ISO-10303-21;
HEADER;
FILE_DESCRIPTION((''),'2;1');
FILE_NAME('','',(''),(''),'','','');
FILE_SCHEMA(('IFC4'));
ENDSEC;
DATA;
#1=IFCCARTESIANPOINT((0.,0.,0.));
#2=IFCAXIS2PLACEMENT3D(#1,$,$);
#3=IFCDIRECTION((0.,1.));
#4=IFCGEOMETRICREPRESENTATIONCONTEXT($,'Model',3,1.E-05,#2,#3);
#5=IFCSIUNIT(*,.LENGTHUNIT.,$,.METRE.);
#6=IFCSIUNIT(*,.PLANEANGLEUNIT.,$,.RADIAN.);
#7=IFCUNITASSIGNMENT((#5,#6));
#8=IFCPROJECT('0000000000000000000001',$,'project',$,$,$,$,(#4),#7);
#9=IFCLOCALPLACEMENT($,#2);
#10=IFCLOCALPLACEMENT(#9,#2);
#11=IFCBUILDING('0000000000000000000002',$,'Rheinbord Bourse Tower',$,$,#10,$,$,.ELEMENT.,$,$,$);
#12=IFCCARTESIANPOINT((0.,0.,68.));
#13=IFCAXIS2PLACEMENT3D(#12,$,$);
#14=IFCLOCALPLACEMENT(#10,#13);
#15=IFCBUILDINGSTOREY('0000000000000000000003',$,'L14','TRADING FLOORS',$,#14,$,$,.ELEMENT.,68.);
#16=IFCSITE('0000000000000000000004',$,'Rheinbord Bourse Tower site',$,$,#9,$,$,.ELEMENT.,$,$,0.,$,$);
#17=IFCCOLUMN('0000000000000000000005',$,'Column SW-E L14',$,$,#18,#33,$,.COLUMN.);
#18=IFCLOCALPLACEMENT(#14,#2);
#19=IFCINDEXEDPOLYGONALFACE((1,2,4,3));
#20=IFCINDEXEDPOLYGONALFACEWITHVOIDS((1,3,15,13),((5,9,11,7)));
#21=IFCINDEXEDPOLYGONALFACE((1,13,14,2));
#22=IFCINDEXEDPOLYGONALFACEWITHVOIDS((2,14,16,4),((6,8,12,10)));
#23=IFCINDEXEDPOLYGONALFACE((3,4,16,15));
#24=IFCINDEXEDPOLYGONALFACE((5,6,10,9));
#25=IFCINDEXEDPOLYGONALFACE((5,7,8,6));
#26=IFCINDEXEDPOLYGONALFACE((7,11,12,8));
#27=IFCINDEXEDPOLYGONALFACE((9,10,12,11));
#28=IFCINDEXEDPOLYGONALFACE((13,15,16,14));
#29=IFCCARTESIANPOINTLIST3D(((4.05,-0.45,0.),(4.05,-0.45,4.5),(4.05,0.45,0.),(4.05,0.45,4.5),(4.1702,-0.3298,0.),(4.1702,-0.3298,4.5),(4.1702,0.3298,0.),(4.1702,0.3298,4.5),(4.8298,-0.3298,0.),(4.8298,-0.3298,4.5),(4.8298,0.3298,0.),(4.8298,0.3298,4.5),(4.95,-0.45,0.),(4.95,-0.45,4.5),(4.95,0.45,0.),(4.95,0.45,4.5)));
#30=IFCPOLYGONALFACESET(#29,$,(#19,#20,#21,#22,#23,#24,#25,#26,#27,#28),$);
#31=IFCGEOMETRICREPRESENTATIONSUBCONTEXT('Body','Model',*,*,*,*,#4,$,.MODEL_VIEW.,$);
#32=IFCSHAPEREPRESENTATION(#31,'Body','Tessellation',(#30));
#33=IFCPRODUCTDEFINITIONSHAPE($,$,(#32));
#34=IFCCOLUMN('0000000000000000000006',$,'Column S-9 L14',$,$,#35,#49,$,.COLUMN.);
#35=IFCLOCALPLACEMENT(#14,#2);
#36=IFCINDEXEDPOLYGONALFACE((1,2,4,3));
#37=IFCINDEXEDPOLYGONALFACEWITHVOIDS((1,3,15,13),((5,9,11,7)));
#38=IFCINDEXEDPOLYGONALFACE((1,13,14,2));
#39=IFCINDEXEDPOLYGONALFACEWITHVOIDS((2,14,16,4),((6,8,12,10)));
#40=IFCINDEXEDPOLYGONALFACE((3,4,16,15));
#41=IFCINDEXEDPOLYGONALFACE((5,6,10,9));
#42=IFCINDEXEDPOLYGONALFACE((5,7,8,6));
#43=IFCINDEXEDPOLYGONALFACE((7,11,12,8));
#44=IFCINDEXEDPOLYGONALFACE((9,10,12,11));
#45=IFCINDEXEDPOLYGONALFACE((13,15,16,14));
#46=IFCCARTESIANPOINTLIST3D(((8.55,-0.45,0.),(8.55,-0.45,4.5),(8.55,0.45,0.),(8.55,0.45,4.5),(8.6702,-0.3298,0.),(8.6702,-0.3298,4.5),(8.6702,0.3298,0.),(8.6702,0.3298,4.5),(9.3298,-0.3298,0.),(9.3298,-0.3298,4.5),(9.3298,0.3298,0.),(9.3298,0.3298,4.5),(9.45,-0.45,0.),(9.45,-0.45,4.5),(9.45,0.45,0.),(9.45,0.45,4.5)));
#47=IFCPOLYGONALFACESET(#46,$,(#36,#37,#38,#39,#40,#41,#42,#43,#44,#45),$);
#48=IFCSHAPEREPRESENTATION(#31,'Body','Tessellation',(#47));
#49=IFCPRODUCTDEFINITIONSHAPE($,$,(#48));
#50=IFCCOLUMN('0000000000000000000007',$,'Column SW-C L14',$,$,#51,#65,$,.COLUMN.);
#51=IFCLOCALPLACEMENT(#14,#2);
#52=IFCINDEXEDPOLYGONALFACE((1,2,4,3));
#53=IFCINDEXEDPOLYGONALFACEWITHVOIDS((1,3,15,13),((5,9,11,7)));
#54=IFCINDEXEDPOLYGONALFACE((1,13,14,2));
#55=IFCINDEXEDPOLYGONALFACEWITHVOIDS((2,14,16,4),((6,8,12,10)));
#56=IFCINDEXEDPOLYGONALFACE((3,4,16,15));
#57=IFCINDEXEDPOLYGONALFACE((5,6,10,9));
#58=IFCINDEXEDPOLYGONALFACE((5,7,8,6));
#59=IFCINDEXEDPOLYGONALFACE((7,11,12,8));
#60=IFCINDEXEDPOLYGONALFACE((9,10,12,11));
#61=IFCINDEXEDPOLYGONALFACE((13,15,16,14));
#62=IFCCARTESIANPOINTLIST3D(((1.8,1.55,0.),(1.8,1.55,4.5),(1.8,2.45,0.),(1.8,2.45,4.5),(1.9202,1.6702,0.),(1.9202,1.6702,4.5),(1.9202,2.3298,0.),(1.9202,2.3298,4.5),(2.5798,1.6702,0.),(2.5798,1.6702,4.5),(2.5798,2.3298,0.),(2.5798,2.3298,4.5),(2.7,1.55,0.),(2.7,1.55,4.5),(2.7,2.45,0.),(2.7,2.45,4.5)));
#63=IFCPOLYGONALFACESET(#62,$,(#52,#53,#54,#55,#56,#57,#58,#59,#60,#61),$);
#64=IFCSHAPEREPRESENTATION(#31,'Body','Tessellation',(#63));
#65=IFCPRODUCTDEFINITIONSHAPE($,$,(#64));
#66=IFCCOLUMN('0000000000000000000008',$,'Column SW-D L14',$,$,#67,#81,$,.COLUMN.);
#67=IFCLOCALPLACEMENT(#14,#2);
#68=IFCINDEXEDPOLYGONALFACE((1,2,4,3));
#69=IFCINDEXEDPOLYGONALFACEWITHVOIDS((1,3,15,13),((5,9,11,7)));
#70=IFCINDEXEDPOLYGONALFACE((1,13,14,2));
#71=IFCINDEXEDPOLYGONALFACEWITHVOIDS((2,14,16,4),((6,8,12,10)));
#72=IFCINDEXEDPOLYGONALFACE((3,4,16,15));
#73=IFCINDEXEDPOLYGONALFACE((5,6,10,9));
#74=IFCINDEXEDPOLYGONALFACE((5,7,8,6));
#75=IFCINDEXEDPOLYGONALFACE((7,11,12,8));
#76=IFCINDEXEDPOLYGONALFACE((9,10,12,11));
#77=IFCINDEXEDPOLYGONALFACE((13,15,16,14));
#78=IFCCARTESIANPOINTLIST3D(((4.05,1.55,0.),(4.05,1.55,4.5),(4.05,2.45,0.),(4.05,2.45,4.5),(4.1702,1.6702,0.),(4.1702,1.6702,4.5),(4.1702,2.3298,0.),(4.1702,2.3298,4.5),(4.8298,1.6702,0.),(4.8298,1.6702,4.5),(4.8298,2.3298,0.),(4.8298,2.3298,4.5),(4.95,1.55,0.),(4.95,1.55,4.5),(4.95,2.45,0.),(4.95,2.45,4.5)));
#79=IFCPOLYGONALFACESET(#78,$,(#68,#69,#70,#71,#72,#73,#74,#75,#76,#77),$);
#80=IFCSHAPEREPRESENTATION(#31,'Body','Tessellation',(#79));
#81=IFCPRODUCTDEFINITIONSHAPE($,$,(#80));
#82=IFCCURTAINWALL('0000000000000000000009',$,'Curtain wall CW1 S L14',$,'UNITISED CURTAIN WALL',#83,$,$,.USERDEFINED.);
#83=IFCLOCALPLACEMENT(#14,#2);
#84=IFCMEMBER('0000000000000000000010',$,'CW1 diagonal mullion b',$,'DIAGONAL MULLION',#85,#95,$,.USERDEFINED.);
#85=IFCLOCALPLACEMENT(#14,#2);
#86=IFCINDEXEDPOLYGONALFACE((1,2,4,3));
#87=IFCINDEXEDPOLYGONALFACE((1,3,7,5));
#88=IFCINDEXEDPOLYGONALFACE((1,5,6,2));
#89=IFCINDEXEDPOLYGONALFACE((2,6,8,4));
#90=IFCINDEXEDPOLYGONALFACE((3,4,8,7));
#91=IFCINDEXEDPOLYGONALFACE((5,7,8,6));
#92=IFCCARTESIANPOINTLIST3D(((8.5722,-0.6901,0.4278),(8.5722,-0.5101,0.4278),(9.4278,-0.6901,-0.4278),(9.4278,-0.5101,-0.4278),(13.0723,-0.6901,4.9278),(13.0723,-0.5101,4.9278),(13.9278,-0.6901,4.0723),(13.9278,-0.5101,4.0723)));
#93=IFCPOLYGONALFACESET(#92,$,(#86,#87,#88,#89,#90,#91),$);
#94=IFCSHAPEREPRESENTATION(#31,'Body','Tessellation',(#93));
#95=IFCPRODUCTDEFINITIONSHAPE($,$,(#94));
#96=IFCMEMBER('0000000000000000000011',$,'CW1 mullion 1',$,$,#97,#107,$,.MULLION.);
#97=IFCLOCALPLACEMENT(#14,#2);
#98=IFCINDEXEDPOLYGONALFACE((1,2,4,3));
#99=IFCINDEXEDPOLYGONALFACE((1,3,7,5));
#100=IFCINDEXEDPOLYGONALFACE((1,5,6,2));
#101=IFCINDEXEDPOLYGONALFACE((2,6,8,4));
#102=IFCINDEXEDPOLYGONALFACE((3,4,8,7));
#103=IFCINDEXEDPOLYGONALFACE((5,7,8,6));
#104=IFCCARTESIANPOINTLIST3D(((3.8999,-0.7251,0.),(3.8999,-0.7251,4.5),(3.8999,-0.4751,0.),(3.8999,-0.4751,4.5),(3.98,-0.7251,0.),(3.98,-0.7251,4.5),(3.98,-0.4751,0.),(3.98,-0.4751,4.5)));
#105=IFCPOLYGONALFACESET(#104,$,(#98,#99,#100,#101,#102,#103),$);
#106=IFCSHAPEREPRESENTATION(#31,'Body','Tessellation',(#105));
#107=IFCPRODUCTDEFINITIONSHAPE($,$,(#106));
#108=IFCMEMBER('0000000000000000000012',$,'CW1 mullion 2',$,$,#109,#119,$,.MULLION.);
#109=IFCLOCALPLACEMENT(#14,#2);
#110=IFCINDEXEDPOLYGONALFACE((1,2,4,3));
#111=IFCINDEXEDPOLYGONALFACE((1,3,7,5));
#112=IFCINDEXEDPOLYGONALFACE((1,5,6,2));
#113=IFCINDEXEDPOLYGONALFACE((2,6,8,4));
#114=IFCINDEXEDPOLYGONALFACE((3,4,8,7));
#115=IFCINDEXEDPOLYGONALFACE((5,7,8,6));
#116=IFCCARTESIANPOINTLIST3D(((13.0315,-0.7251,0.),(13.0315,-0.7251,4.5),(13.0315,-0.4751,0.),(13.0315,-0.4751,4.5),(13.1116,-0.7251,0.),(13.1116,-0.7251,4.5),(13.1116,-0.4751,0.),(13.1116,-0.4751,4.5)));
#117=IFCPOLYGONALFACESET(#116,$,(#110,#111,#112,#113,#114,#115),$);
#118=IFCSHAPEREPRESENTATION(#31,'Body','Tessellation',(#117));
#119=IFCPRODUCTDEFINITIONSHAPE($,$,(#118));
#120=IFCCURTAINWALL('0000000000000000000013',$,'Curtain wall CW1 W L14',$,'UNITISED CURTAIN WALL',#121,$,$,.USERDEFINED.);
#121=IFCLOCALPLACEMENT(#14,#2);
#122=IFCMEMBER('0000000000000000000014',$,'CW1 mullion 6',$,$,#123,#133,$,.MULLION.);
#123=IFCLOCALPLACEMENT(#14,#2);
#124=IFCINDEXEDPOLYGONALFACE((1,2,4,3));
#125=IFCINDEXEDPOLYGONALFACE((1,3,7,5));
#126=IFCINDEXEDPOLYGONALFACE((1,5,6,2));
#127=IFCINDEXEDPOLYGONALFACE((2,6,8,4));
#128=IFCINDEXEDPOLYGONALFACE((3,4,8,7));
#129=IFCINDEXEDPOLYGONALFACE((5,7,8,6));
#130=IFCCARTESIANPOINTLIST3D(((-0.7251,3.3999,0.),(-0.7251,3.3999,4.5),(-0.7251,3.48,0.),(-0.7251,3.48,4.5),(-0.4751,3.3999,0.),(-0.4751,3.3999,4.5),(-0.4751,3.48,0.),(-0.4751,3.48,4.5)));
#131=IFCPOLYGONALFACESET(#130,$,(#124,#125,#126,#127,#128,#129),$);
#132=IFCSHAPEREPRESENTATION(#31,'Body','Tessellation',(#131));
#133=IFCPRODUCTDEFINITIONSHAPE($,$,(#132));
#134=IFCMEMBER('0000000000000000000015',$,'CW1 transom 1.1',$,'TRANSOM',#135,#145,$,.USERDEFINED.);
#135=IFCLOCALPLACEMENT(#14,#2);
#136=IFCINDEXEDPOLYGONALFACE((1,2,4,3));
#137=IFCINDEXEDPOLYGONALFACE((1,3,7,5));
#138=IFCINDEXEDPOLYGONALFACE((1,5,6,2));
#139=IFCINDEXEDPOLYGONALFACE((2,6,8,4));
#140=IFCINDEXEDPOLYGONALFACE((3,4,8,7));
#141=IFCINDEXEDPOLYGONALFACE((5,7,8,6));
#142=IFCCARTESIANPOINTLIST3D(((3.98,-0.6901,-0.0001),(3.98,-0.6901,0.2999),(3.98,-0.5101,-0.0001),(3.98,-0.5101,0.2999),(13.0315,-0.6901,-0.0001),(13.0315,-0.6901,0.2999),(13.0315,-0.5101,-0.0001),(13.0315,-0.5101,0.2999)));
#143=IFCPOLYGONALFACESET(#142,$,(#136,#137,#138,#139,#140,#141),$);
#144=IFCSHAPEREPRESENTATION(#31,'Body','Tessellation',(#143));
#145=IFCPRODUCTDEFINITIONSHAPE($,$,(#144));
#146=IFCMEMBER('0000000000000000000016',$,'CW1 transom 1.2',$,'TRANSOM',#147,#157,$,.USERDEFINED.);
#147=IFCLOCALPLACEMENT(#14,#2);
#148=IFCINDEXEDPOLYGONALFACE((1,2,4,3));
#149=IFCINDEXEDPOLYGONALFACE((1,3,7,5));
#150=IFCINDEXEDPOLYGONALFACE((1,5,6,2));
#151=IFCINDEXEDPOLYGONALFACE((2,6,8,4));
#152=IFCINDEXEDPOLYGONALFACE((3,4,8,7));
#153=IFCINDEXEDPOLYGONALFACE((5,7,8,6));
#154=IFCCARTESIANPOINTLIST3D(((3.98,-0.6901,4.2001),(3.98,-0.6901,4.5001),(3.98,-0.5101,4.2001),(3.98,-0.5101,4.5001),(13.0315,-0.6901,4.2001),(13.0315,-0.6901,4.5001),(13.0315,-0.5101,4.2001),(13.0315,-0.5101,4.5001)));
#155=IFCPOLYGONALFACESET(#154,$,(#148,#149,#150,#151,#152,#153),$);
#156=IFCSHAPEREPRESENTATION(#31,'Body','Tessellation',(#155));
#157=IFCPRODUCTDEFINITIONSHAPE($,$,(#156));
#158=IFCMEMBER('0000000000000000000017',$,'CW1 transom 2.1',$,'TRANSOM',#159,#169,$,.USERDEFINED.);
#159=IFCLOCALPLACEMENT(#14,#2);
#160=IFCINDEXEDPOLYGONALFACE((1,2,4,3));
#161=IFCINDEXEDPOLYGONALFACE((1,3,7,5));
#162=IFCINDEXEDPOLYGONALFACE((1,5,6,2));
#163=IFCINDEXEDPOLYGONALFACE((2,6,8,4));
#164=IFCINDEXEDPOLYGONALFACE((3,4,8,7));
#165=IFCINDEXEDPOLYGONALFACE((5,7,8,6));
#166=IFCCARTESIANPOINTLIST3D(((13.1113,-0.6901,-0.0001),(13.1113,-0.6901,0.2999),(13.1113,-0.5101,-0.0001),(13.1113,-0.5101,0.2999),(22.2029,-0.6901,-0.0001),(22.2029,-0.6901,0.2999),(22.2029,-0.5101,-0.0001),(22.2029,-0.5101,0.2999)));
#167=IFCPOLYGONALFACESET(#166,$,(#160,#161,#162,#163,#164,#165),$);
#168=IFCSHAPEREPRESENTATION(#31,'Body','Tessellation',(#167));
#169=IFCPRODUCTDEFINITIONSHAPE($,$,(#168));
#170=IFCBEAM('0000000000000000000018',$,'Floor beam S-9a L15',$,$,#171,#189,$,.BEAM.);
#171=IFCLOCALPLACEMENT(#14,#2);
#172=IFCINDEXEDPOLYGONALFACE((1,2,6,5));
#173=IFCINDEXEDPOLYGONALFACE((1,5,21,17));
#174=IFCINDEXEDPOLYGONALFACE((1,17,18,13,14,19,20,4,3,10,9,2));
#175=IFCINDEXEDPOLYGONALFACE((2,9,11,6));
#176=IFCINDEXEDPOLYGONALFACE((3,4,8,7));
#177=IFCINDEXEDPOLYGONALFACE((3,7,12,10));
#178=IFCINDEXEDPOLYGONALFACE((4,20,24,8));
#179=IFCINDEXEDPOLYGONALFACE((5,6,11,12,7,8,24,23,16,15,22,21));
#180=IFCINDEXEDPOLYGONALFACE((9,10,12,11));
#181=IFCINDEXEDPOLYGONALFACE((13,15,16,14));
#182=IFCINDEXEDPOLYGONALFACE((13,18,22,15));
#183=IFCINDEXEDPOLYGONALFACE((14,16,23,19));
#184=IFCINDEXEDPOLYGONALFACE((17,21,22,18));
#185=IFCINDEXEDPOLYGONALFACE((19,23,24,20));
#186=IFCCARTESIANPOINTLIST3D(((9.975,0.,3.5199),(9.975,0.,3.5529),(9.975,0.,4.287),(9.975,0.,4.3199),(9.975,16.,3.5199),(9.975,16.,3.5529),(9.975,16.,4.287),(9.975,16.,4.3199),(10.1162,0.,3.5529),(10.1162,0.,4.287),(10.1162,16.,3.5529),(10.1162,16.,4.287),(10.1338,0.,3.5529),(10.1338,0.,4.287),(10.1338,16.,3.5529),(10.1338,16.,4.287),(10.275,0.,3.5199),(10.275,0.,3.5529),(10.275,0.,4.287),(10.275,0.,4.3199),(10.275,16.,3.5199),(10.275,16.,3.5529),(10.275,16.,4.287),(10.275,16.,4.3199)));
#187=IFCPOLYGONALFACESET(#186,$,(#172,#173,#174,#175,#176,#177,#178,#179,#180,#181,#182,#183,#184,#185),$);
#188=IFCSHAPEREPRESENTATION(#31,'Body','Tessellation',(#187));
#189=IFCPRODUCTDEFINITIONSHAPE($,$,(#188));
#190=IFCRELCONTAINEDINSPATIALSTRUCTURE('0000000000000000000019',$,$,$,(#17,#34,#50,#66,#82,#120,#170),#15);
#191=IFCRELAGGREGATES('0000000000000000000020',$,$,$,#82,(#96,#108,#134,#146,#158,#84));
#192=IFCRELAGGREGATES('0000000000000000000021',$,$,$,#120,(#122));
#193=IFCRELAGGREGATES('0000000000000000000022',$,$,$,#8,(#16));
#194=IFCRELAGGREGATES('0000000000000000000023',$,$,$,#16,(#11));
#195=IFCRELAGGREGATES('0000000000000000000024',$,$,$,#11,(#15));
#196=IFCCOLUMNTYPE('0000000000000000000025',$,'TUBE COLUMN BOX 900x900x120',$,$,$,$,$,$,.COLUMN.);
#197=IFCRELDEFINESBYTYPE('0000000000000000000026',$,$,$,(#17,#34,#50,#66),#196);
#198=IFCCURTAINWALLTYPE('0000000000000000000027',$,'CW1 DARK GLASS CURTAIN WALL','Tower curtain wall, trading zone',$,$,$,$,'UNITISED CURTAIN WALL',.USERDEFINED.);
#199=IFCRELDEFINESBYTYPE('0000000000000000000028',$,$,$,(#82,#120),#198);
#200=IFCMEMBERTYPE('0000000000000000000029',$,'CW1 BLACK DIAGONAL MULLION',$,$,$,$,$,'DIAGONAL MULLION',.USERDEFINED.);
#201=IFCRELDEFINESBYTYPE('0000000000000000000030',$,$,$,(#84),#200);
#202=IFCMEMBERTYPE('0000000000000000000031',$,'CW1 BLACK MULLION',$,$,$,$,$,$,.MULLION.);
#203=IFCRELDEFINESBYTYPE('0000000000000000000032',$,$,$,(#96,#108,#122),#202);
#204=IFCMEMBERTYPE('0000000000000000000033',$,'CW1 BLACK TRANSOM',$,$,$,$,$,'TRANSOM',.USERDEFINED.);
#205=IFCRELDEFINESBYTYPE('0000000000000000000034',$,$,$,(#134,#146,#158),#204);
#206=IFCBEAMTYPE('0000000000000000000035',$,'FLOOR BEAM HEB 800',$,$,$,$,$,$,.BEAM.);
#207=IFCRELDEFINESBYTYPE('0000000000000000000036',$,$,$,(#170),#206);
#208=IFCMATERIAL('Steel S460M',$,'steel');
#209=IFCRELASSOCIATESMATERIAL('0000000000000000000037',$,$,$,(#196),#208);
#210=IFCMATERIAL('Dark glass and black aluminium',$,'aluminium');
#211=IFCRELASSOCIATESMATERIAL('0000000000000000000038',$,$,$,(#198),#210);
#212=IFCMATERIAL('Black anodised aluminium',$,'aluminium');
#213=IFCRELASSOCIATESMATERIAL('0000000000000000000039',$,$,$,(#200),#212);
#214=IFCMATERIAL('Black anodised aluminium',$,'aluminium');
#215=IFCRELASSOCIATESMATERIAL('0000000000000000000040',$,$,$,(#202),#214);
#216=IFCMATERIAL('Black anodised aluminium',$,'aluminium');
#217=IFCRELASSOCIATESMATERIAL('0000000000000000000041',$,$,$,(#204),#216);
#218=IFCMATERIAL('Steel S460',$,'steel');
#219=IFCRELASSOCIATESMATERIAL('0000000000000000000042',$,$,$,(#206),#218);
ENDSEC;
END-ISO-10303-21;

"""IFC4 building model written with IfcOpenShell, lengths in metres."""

from ifc_helpers import new_model, si_unit, direction, frame, origin, origin_2d, place, context, subcontext, project, spatial, rectangle, hollow_rectangle, i_section, extrude, material, material_profile, profile_set, type_object, element, aggregate, save


model = new_model("IFC4")

# Units and contexts
model_context = context("Model", 3, precision=1e-05, world=origin(), true_north=direction((0.0, 1.0)))
body_context = subcontext(model_context, "Body", "Model", "MODEL_VIEW")
ifc_project = project(units=[si_unit("LENGTHUNIT", "METRE"), si_unit("PLANEANGLEUNIT", "RADIAN")], contexts=[model_context])

# Site, building, storey
site_placement = place(None, origin())
site = spatial("IfcSite", under=ifc_project, at=site_placement, Name="Rheinbord Bourse Tower site", CompositionType="ELEMENT", RefElevation=0.0)
building_placement = place(site_placement, origin())
building = spatial("IfcBuilding", under=site, at=building_placement, Name="Rheinbord Bourse Tower", CompositionType="ELEMENT")
storey_placement = place(building_placement, frame((0.0, 0.0, 68.0)))
storey = spatial("IfcBuildingStorey", under=building, at=storey_placement, Name="L14", Description="TRADING FLOORS", CompositionType="ELEMENT", Elevation=68.0)

# Columns
ifc_material_1 = material(Name="Steel S460M", Category="steel")
ifc_material_profile_1 = material_profile(ifc_material_1, hollow_rectangle(XDim=0.8999, YDim=0.8999, WallThickness=0.1201, at=origin_2d()), Name="BOX 900x900x120")
ifc_profile_set_1 = profile_set([ifc_material_profile_1], Name="Steel S460M")
column_type = type_object("IfcColumnType", Name="TUBE COLUMN BOX 900x900x120", PredefinedType="COLUMN", material=ifc_profile_set_1)
for number, where, z_axis, x_axis, name in (
    (1, (4.5, 0.0, 0.0), (0.0, 0.0, 1.0), (0.0, 1.0, 0.0), "Column SW-E L14"),
    (2, (9.0, 0.0, 0.0), (0.0, 0.0, 1.0), (0.0, 1.0, 0.0), "Column S-9 L14"),
    (3, (2.25, 2.0, 0.0), (0.0, 0.0, 1.0), (1.0, 0.0, 0.0), "Column SW-C L14"),
    (4, (4.5, 2.0, 0.0), (0.0, 0.0, 1.0), (0.0, 1.0, 0.0), "Column SW-D L14"),
):
    element("IfcColumn", number, at=place(storey_placement, frame(where, z_axis=z_axis, x_axis=x_axis)), inside=storey, type_object=column_type, Name=name, PredefinedType="COLUMN", context=body_context, shape_type="SweptSolid", body=[
        extrude(hollow_rectangle(XDim=0.8999, YDim=0.8999, WallThickness=0.1201, at=origin_2d()), origin(), (0.0, 0.0, 1.0), 4.5),
    ])

# Curtain wall, members
ifc_material_2 = material(Name="Dark glass and black aluminium", Category="aluminium")
curtain_wall_type = type_object("IfcCurtainWallType", Name="CW1 DARK GLASS CURTAIN WALL", Description="Tower curtain wall, trading zone", ElementType="UNITISED CURTAIN WALL", PredefinedType="USERDEFINED", material=ifc_material_2)
curtain_wall_1_placement = place(storey_placement, origin())
curtain_wall_1 = element("IfcCurtainWall", 5, at=curtain_wall_1_placement, inside=storey, type_object=curtain_wall_type, Name="Curtain wall CW1 S L14", ObjectType="UNITISED CURTAIN WALL", PredefinedType="USERDEFINED")
ifc_material_3 = material(Name="Black anodised aluminium", Category="aluminium")
ifc_material_profile_2 = material_profile(ifc_material_3, rectangle(XDim=0.1799, YDim=1.21, at=origin_2d()), Name="CW1 DIAGONAL MULLION 1210x180")
ifc_profile_set_2 = profile_set([ifc_material_profile_2], Name="Black anodised aluminium")
member_type_1 = type_object("IfcMemberType", Name="CW1 BLACK DIAGONAL MULLION", ElementType="DIAGONAL MULLION", PredefinedType="USERDEFINED", material=ifc_profile_set_2)
member_1_placement = place(storey_placement, frame((9.0, -0.6001, 0.0), z_axis=(0.707107, 0.0, 0.707107), x_axis=(0.0, 1.0, 0.0)))
member_1 = element("IfcMember", 6, at=member_1_placement, type_object=member_type_1, Name="CW1 diagonal mullion b", ObjectType="DIAGONAL MULLION", PredefinedType="USERDEFINED", context=body_context, shape_type="SweptSolid", body=[
    extrude(rectangle(XDim=0.1799, YDim=1.21, at=origin_2d()), origin(), (0.0, 0.0, 1.0), 6.364),
])
ifc_material_4 = material(Name="Black anodised aluminium", Category="aluminium")
ifc_material_profile_3 = material_profile(ifc_material_4, rectangle(XDim=0.25, YDim=0.0801, at=origin_2d()), Name="CW1 MULLION 80x250")
ifc_profile_set_3 = profile_set([ifc_material_profile_3], Name="Black anodised aluminium")
member_type_2 = type_object("IfcMemberType", Name="CW1 BLACK MULLION", PredefinedType="MULLION", material=ifc_profile_set_3)
member_2_placement = place(storey_placement, frame((3.9399, -0.6001, 0.0), z_axis=(0.0, 0.0, 1.0), x_axis=(0.0, 1.0, 0.0)))
member_2 = element("IfcMember", 7, at=member_2_placement, type_object=member_type_2, Name="CW1 mullion 1", PredefinedType="MULLION", context=body_context, shape_type="SweptSolid", body=[
    extrude(rectangle(XDim=0.25, YDim=0.0801, at=origin_2d()), origin(), (0.0, 0.0, 1.0), 4.5),
])
member_3_placement = place(storey_placement, frame((13.0715, -0.6001, 0.0), z_axis=(0.0, 0.0, 1.0), x_axis=(0.0, 1.0, 0.0)))
member_3 = element("IfcMember", 8, at=member_3_placement, type_object=member_type_2, Name="CW1 mullion 2", PredefinedType="MULLION", context=body_context, shape_type="SweptSolid", body=[
    extrude(rectangle(XDim=0.25, YDim=0.0801, at=origin_2d()), origin(), (0.0, 0.0, 1.0), 4.5),
])

# Curtain wall, member
curtain_wall_2_placement = place(storey_placement, origin())
curtain_wall_2 = element("IfcCurtainWall", 9, at=curtain_wall_2_placement, inside=storey, type_object=curtain_wall_type, Name="Curtain wall CW1 W L14", ObjectType="UNITISED CURTAIN WALL", PredefinedType="USERDEFINED")
member_4_placement = place(storey_placement, frame((-0.6001, 3.4399, 0.0), z_axis=(0.0, 0.0, 1.0), x_axis=(1.0, 0.0, 0.0)))
member_4 = element("IfcMember", 10, at=member_4_placement, type_object=member_type_2, Name="CW1 mullion 6", PredefinedType="MULLION", context=body_context, shape_type="SweptSolid", body=[
    extrude(rectangle(XDim=0.25, YDim=0.0801, at=origin_2d()), origin(), (0.0, 0.0, 1.0), 4.5),
])

# Members
ifc_material_5 = material(Name="Black anodised aluminium", Category="aluminium")
ifc_material_profile_4 = material_profile(ifc_material_5, rectangle(XDim=0.1799, YDim=0.3, at=origin_2d()), Name="CW1 TRANSOM 300x180")
ifc_profile_set_4 = profile_set([ifc_material_profile_4], Name="Black anodised aluminium")
member_type_3 = type_object("IfcMemberType", Name="CW1 BLACK TRANSOM", ElementType="TRANSOM", PredefinedType="USERDEFINED", material=ifc_profile_set_4)
member_5_placement = place(storey_placement, frame((3.98, -0.6001, 0.1499), z_axis=(1.0, 0.0, 0.0), x_axis=(0.0, 1.0, 0.0)))
member_5 = element("IfcMember", 11, at=member_5_placement, type_object=member_type_3, Name="CW1 transom 1.1", ObjectType="TRANSOM", PredefinedType="USERDEFINED", context=body_context, shape_type="SweptSolid", body=[
    extrude(rectangle(XDim=0.1799, YDim=0.3, at=origin_2d()), origin(), (0.0, 0.0, 1.0), 9.0515),
])
member_6_placement = place(storey_placement, frame((3.98, -0.6001, 4.3501), z_axis=(1.0, 0.0, 0.0), x_axis=(0.0, 1.0, 0.0)))
member_6 = element("IfcMember", 12, at=member_6_placement, type_object=member_type_3, Name="CW1 transom 1.2", ObjectType="TRANSOM", PredefinedType="USERDEFINED", context=body_context, shape_type="SweptSolid", body=[
    extrude(rectangle(XDim=0.1799, YDim=0.3, at=origin_2d()), origin(), (0.0, 0.0, 1.0), 9.0515),
])
member_7_placement = place(storey_placement, frame((13.1113, -0.6001, 0.1499), z_axis=(1.0, 0.0, 0.0), x_axis=(0.0, 1.0, 0.0)))
member_7 = element("IfcMember", 13, at=member_7_placement, type_object=member_type_3, Name="CW1 transom 2.1", ObjectType="TRANSOM", PredefinedType="USERDEFINED", context=body_context, shape_type="SweptSolid", body=[
    extrude(rectangle(XDim=0.1799, YDim=0.3, at=origin_2d()), origin(), (0.0, 0.0, 1.0), 9.0916),
])

# Beam
ifc_material_6 = material(Name="Steel S460", Category="steel")
ifc_material_profile_5 = material_profile(ifc_material_6, i_section(OverallWidth=0.3, OverallDepth=0.8, WebThickness=0.0176, FlangeThickness=0.033, at=origin_2d()), Name="HEB 800")
ifc_profile_set_5 = profile_set([ifc_material_profile_5], Name="Steel S460")
beam_type_1 = type_object("IfcBeamType", Name="FLOOR BEAM HEB 800", PredefinedType="BEAM", material=ifc_profile_set_5)
for number, where, z_axis, x_axis, name in (
    (14, (10.125, 0.0, 3.9199), (0.0, 1.0, 0.0), (-1.0, 0.0, 0.0), "Floor beam S-9a L15"),
):
    element("IfcBeam", number, at=place(storey_placement, frame(where, z_axis=z_axis, x_axis=x_axis)), inside=storey, type_object=beam_type_1, Name=name, PredefinedType="BEAM", context=body_context, shape_type="SweptSolid", body=[
        extrude(i_section(OverallWidth=0.3, OverallDepth=0.8, WebThickness=0.0176, FlangeThickness=0.033, at=origin_2d()), origin(), (0.0, 0.0, 1.0), 16.0),
    ])

aggregate(curtain_wall_1, [member_2, member_3, member_5, member_6, member_7, member_1])
aggregate(curtain_wall_2, [member_4])

save(model, "model.ifc")
